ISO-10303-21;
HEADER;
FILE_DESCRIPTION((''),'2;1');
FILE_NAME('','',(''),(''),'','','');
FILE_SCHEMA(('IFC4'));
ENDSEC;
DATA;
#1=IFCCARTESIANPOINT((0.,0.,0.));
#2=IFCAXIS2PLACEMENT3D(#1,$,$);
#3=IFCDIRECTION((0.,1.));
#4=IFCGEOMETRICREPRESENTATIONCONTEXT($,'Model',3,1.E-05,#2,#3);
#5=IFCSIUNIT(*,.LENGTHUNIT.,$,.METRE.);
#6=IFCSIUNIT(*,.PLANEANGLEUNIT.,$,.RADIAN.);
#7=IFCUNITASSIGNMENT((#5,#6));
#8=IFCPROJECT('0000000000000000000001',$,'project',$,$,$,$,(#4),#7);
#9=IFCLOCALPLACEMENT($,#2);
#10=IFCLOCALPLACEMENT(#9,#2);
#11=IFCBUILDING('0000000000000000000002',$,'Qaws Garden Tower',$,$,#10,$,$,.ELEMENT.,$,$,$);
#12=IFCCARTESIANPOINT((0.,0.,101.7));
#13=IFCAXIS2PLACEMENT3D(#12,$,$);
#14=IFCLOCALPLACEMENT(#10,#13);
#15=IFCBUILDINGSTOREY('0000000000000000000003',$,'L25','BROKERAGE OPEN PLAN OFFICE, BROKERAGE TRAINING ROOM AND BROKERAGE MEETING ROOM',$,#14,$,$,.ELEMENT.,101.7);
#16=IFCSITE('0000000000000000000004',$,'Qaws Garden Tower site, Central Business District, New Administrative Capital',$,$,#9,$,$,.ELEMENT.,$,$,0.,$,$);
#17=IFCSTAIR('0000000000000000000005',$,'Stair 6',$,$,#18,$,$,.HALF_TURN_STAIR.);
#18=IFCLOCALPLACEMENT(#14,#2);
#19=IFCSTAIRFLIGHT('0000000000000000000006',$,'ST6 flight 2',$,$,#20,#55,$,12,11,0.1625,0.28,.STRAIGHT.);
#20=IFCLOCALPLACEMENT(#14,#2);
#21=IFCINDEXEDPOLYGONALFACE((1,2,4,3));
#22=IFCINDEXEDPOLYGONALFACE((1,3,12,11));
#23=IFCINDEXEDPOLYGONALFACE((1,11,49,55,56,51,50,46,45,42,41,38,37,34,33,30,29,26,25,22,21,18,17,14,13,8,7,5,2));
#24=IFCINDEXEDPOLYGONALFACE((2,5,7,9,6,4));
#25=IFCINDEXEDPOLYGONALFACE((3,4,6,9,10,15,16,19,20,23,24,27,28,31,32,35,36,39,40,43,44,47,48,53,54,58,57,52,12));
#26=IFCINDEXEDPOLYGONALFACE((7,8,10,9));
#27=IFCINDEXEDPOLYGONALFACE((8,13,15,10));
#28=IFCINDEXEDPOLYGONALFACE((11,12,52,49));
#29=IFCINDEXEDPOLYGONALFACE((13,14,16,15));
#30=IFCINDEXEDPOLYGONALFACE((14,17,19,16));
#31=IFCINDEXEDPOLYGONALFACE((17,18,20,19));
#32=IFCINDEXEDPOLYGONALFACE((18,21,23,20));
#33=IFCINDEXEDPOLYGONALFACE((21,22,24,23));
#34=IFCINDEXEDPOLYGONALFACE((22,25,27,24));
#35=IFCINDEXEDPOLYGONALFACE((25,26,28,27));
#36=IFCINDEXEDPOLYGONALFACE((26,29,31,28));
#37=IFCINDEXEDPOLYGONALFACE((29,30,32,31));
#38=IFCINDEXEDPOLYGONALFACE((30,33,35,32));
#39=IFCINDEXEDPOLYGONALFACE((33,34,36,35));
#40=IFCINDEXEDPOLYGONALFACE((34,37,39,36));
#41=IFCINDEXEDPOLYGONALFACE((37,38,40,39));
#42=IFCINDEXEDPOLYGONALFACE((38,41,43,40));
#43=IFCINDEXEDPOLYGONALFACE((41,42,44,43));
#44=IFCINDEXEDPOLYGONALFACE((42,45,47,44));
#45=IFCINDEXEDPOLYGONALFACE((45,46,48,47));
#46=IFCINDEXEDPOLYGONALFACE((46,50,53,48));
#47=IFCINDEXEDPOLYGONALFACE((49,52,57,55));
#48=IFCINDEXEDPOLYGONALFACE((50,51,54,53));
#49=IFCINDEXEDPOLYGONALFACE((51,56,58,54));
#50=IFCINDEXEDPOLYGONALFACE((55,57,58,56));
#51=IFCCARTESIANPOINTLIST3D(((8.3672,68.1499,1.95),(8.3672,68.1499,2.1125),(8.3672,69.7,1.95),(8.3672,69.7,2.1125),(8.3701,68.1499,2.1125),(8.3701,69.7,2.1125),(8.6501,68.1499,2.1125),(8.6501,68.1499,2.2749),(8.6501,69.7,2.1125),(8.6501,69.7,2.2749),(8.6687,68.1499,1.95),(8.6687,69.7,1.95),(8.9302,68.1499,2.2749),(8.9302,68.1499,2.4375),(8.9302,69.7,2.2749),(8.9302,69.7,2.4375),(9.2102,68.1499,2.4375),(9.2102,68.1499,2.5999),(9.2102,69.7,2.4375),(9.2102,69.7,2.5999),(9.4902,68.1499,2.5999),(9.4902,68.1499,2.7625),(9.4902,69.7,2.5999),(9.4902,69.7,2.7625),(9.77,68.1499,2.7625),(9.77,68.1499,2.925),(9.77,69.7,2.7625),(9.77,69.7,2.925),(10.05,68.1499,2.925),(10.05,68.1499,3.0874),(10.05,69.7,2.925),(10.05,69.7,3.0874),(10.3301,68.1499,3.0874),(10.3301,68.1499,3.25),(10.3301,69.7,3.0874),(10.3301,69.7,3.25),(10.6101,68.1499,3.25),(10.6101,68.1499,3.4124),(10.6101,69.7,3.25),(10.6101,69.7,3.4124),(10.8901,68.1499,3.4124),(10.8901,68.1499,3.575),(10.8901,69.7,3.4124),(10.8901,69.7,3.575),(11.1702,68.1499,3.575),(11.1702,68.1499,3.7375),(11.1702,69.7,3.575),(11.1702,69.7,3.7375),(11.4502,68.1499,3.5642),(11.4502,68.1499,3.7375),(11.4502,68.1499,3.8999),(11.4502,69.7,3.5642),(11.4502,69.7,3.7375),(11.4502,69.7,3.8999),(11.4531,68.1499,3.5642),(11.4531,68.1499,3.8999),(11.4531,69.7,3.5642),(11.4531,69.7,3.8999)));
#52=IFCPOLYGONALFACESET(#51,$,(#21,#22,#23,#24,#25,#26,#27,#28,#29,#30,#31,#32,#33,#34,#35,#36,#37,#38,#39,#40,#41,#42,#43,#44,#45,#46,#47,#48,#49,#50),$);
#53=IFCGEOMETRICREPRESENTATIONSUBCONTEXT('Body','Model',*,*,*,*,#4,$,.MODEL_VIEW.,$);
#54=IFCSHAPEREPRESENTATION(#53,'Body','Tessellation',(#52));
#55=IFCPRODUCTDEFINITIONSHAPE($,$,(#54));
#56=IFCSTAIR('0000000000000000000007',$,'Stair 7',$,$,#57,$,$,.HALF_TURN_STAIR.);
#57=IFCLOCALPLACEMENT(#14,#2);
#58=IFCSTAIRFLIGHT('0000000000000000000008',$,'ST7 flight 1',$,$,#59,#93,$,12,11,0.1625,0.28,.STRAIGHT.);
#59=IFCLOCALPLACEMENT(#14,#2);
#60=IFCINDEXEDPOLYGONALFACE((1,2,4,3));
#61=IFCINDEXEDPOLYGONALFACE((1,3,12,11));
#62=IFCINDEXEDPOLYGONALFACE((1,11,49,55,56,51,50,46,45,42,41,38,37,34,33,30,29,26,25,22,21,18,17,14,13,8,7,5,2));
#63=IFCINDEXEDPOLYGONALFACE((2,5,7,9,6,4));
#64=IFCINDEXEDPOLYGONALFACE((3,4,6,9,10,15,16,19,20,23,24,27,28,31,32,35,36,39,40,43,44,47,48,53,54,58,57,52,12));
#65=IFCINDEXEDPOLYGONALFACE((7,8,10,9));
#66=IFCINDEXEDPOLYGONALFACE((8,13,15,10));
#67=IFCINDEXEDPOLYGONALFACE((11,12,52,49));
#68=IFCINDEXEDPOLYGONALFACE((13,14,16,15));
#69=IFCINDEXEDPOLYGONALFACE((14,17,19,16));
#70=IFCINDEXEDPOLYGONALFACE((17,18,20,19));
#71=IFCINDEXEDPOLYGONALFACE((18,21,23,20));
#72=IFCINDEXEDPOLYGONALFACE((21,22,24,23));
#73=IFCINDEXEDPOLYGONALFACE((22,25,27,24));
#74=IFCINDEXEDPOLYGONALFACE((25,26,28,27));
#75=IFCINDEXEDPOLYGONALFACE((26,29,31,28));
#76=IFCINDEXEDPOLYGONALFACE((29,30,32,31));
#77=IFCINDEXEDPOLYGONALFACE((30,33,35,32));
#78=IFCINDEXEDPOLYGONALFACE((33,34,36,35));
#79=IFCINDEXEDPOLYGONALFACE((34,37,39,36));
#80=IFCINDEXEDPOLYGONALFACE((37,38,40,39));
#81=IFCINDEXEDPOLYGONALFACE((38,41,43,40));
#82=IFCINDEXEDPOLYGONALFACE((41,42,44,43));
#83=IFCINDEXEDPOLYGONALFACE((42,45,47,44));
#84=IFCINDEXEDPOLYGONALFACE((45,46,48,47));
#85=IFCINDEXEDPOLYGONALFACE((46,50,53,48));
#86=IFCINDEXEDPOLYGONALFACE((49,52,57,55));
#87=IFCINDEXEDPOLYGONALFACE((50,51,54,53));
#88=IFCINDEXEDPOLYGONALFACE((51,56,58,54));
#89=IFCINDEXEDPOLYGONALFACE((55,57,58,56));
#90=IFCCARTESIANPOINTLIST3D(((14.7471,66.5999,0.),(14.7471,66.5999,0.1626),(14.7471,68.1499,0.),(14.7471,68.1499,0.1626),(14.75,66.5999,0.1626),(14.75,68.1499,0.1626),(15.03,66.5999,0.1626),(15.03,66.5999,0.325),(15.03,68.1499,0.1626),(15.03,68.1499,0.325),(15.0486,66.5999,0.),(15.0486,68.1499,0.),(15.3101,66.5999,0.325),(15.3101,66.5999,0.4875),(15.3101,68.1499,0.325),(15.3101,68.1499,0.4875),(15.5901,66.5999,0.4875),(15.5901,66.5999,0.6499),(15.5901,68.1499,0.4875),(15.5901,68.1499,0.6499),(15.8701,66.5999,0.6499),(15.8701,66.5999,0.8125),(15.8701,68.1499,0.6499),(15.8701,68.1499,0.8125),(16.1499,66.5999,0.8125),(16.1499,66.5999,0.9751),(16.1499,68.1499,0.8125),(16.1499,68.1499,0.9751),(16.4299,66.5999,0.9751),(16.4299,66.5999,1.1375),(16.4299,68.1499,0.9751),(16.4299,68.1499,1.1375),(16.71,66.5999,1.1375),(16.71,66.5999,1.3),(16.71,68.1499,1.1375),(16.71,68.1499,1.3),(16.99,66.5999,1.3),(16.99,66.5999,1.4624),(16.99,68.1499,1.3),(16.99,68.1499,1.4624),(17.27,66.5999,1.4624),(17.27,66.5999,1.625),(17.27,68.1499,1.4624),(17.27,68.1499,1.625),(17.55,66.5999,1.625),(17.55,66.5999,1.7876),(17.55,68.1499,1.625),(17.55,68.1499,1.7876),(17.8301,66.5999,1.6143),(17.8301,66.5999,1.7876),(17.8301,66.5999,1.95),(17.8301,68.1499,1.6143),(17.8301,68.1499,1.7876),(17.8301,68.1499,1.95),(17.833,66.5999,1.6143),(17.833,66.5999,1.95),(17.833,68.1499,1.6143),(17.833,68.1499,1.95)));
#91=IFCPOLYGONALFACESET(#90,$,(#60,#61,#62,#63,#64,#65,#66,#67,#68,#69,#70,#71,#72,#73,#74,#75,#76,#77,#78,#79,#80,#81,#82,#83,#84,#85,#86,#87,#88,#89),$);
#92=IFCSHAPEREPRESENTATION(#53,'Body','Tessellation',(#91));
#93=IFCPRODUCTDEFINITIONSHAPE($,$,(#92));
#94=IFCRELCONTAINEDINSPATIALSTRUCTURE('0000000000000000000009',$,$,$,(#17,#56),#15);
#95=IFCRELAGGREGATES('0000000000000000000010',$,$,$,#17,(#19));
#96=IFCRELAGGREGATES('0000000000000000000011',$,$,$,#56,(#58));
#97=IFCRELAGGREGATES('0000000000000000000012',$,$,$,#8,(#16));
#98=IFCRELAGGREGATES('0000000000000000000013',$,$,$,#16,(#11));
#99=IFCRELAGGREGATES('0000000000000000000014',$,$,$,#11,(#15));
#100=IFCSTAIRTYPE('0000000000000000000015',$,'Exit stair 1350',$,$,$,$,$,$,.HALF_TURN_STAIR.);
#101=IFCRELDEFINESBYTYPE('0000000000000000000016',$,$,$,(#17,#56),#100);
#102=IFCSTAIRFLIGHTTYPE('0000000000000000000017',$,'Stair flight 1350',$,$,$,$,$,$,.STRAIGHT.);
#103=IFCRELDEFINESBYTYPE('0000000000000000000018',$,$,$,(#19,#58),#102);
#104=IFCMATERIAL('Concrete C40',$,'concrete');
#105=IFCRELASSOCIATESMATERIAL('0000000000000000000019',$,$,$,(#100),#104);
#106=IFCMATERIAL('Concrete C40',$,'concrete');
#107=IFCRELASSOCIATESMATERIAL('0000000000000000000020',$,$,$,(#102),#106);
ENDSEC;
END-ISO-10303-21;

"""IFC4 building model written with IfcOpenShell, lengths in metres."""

from ifc_helpers import new_model, si_unit, direction, frame, origin, place, context, subcontext, project, spatial, polyline, outline, extrude, material, type_object, element, aggregate, save


model = new_model("IFC4")

# Units and contexts
model_context = context("Model", 3, precision=1e-05, world=origin(), true_north=direction((0.0, 1.0)))
body_context = subcontext(model_context, "Body", "Model", "MODEL_VIEW")
ifc_project = project(units=[si_unit("LENGTHUNIT", "METRE"), si_unit("PLANEANGLEUNIT", "RADIAN")], contexts=[model_context])

# Site, building, storey
site_placement = place(None, origin())
site = spatial("IfcSite", under=ifc_project, at=site_placement, Name="Qaws Garden Tower site, Central Business District, New Administrative Capital", CompositionType="ELEMENT", RefElevation=0.0)
building_placement = place(site_placement, origin())
building = spatial("IfcBuilding", under=site, at=building_placement, Name="Qaws Garden Tower", CompositionType="ELEMENT")
storey_placement = place(building_placement, frame((0.0, 0.0, 101.7)))
storey = spatial("IfcBuildingStorey", under=building, at=storey_placement, Name="L25", Description="BROKERAGE OPEN PLAN OFFICE, BROKERAGE TRAINING ROOM AND BROKERAGE MEETING ROOM", CompositionType="ELEMENT", Elevation=101.7)

# Stair, stair flight
ifc_material_1 = material(Name="Concrete C40", Category="concrete")
stair_type = type_object("IfcStairType", Name="Exit stair 1350", PredefinedType="HALF_TURN_STAIR", material=ifc_material_1)
placement = place(storey_placement, origin())
stair_1 = element("IfcStair", 1, at=placement, inside=storey, type_object=stair_type, Name="Stair 6", PredefinedType="HALF_TURN_STAIR")
ifc_material_2 = material(Name="Concrete C40", Category="concrete")
stair_flight_type = type_object("IfcStairFlightType", Name="Stair flight 1350", PredefinedType="STRAIGHT", material=ifc_material_2)
stair_flight_1_placement = place(storey_placement, frame((8.3701, 68.925, 1.95), z_axis=(0.0, 0.0, 1.0), x_axis=(1.0, 0.0, 0.0)))
stair_flight_1 = element("IfcStairFlight", 2, at=stair_flight_1_placement, type_object=stair_flight_type, Name="ST6 flight 2", NumberOfRisers=12, NumberOfTreads=11, PredefinedType="STRAIGHT", RiserHeight=0.1625, TreadLength=0.28, context=body_context, shape_type="SweptSolid", body=[
    extrude(outline(polyline([(-0.0029, 0.0), (-0.0029, 0.1626), (0.0, 0.1626), (0.28, 0.1626), (0.28, 0.325), (0.5601, 0.325), (0.5601, 0.4875), (0.8401, 0.4875), (0.8401, 0.6499), (1.1201, 0.6499), (1.1201, 0.8125), (1.3999, 0.8125), (1.3999, 0.9751), (1.6799, 0.9751), (1.6799, 1.1375), (1.96, 1.1375), (1.96, 1.3), (2.24, 1.3), (2.24, 1.4624), (2.52, 1.4624), (2.52, 1.625), (2.8, 1.625), (2.8, 1.7876), (3.0801, 1.7876), (3.0801, 1.95), (3.083, 1.95), (3.083, 1.6143), (3.0801, 1.6143), (0.2986, 0.0), (-0.0029, 0.0)])), frame((0.0, 0.7749, 0.0), z_axis=(0.0, -1.0, 0.0), x_axis=(1.0, 0.0, 0.0)), (0.0, 0.0, 1.0), 1.55),
])
aggregate(stair_1, [stair_flight_1])

# Stair, stair flight
stair_2 = element("IfcStair", 3, at=placement, inside=storey, type_object=stair_type, Name="Stair 7", PredefinedType="HALF_TURN_STAIR")
stair_flight_2_placement = place(storey_placement, frame((14.75, 67.375, 0.0), z_axis=(0.0, 0.0, 1.0), x_axis=(1.0, 0.0, 0.0)))
stair_flight_2 = element("IfcStairFlight", 4, at=stair_flight_2_placement, type_object=stair_flight_type, Name="ST7 flight 1", NumberOfRisers=12, NumberOfTreads=11, PredefinedType="STRAIGHT", RiserHeight=0.1625, TreadLength=0.28, context=body_context, shape_type="SweptSolid", body=[
    extrude(outline(polyline([(-0.0029, 0.0), (-0.0029, 0.1626), (0.0, 0.1626), (0.28, 0.1626), (0.28, 0.325), (0.5601, 0.325), (0.5601, 0.4875), (0.8401, 0.4875), (0.8401, 0.6499), (1.1201, 0.6499), (1.1201, 0.8125), (1.3999, 0.8125), (1.3999, 0.9751), (1.6799, 0.9751), (1.6799, 1.1375), (1.96, 1.1375), (1.96, 1.3), (2.24, 1.3), (2.24, 1.4624), (2.52, 1.4624), (2.52, 1.625), (2.8, 1.625), (2.8, 1.7876), (3.0801, 1.7876), (3.0801, 1.95), (3.083, 1.95), (3.083, 1.6143), (3.0801, 1.6143), (0.2986, 0.0), (-0.0029, 0.0)])), frame((0.0, 0.7749, 0.0), z_axis=(0.0, -1.0, 0.0), x_axis=(1.0, 0.0, 0.0)), (0.0, 0.0, 1.0), 1.55),
])
aggregate(stair_2, [stair_flight_2])

save(model, "model.ifc")
